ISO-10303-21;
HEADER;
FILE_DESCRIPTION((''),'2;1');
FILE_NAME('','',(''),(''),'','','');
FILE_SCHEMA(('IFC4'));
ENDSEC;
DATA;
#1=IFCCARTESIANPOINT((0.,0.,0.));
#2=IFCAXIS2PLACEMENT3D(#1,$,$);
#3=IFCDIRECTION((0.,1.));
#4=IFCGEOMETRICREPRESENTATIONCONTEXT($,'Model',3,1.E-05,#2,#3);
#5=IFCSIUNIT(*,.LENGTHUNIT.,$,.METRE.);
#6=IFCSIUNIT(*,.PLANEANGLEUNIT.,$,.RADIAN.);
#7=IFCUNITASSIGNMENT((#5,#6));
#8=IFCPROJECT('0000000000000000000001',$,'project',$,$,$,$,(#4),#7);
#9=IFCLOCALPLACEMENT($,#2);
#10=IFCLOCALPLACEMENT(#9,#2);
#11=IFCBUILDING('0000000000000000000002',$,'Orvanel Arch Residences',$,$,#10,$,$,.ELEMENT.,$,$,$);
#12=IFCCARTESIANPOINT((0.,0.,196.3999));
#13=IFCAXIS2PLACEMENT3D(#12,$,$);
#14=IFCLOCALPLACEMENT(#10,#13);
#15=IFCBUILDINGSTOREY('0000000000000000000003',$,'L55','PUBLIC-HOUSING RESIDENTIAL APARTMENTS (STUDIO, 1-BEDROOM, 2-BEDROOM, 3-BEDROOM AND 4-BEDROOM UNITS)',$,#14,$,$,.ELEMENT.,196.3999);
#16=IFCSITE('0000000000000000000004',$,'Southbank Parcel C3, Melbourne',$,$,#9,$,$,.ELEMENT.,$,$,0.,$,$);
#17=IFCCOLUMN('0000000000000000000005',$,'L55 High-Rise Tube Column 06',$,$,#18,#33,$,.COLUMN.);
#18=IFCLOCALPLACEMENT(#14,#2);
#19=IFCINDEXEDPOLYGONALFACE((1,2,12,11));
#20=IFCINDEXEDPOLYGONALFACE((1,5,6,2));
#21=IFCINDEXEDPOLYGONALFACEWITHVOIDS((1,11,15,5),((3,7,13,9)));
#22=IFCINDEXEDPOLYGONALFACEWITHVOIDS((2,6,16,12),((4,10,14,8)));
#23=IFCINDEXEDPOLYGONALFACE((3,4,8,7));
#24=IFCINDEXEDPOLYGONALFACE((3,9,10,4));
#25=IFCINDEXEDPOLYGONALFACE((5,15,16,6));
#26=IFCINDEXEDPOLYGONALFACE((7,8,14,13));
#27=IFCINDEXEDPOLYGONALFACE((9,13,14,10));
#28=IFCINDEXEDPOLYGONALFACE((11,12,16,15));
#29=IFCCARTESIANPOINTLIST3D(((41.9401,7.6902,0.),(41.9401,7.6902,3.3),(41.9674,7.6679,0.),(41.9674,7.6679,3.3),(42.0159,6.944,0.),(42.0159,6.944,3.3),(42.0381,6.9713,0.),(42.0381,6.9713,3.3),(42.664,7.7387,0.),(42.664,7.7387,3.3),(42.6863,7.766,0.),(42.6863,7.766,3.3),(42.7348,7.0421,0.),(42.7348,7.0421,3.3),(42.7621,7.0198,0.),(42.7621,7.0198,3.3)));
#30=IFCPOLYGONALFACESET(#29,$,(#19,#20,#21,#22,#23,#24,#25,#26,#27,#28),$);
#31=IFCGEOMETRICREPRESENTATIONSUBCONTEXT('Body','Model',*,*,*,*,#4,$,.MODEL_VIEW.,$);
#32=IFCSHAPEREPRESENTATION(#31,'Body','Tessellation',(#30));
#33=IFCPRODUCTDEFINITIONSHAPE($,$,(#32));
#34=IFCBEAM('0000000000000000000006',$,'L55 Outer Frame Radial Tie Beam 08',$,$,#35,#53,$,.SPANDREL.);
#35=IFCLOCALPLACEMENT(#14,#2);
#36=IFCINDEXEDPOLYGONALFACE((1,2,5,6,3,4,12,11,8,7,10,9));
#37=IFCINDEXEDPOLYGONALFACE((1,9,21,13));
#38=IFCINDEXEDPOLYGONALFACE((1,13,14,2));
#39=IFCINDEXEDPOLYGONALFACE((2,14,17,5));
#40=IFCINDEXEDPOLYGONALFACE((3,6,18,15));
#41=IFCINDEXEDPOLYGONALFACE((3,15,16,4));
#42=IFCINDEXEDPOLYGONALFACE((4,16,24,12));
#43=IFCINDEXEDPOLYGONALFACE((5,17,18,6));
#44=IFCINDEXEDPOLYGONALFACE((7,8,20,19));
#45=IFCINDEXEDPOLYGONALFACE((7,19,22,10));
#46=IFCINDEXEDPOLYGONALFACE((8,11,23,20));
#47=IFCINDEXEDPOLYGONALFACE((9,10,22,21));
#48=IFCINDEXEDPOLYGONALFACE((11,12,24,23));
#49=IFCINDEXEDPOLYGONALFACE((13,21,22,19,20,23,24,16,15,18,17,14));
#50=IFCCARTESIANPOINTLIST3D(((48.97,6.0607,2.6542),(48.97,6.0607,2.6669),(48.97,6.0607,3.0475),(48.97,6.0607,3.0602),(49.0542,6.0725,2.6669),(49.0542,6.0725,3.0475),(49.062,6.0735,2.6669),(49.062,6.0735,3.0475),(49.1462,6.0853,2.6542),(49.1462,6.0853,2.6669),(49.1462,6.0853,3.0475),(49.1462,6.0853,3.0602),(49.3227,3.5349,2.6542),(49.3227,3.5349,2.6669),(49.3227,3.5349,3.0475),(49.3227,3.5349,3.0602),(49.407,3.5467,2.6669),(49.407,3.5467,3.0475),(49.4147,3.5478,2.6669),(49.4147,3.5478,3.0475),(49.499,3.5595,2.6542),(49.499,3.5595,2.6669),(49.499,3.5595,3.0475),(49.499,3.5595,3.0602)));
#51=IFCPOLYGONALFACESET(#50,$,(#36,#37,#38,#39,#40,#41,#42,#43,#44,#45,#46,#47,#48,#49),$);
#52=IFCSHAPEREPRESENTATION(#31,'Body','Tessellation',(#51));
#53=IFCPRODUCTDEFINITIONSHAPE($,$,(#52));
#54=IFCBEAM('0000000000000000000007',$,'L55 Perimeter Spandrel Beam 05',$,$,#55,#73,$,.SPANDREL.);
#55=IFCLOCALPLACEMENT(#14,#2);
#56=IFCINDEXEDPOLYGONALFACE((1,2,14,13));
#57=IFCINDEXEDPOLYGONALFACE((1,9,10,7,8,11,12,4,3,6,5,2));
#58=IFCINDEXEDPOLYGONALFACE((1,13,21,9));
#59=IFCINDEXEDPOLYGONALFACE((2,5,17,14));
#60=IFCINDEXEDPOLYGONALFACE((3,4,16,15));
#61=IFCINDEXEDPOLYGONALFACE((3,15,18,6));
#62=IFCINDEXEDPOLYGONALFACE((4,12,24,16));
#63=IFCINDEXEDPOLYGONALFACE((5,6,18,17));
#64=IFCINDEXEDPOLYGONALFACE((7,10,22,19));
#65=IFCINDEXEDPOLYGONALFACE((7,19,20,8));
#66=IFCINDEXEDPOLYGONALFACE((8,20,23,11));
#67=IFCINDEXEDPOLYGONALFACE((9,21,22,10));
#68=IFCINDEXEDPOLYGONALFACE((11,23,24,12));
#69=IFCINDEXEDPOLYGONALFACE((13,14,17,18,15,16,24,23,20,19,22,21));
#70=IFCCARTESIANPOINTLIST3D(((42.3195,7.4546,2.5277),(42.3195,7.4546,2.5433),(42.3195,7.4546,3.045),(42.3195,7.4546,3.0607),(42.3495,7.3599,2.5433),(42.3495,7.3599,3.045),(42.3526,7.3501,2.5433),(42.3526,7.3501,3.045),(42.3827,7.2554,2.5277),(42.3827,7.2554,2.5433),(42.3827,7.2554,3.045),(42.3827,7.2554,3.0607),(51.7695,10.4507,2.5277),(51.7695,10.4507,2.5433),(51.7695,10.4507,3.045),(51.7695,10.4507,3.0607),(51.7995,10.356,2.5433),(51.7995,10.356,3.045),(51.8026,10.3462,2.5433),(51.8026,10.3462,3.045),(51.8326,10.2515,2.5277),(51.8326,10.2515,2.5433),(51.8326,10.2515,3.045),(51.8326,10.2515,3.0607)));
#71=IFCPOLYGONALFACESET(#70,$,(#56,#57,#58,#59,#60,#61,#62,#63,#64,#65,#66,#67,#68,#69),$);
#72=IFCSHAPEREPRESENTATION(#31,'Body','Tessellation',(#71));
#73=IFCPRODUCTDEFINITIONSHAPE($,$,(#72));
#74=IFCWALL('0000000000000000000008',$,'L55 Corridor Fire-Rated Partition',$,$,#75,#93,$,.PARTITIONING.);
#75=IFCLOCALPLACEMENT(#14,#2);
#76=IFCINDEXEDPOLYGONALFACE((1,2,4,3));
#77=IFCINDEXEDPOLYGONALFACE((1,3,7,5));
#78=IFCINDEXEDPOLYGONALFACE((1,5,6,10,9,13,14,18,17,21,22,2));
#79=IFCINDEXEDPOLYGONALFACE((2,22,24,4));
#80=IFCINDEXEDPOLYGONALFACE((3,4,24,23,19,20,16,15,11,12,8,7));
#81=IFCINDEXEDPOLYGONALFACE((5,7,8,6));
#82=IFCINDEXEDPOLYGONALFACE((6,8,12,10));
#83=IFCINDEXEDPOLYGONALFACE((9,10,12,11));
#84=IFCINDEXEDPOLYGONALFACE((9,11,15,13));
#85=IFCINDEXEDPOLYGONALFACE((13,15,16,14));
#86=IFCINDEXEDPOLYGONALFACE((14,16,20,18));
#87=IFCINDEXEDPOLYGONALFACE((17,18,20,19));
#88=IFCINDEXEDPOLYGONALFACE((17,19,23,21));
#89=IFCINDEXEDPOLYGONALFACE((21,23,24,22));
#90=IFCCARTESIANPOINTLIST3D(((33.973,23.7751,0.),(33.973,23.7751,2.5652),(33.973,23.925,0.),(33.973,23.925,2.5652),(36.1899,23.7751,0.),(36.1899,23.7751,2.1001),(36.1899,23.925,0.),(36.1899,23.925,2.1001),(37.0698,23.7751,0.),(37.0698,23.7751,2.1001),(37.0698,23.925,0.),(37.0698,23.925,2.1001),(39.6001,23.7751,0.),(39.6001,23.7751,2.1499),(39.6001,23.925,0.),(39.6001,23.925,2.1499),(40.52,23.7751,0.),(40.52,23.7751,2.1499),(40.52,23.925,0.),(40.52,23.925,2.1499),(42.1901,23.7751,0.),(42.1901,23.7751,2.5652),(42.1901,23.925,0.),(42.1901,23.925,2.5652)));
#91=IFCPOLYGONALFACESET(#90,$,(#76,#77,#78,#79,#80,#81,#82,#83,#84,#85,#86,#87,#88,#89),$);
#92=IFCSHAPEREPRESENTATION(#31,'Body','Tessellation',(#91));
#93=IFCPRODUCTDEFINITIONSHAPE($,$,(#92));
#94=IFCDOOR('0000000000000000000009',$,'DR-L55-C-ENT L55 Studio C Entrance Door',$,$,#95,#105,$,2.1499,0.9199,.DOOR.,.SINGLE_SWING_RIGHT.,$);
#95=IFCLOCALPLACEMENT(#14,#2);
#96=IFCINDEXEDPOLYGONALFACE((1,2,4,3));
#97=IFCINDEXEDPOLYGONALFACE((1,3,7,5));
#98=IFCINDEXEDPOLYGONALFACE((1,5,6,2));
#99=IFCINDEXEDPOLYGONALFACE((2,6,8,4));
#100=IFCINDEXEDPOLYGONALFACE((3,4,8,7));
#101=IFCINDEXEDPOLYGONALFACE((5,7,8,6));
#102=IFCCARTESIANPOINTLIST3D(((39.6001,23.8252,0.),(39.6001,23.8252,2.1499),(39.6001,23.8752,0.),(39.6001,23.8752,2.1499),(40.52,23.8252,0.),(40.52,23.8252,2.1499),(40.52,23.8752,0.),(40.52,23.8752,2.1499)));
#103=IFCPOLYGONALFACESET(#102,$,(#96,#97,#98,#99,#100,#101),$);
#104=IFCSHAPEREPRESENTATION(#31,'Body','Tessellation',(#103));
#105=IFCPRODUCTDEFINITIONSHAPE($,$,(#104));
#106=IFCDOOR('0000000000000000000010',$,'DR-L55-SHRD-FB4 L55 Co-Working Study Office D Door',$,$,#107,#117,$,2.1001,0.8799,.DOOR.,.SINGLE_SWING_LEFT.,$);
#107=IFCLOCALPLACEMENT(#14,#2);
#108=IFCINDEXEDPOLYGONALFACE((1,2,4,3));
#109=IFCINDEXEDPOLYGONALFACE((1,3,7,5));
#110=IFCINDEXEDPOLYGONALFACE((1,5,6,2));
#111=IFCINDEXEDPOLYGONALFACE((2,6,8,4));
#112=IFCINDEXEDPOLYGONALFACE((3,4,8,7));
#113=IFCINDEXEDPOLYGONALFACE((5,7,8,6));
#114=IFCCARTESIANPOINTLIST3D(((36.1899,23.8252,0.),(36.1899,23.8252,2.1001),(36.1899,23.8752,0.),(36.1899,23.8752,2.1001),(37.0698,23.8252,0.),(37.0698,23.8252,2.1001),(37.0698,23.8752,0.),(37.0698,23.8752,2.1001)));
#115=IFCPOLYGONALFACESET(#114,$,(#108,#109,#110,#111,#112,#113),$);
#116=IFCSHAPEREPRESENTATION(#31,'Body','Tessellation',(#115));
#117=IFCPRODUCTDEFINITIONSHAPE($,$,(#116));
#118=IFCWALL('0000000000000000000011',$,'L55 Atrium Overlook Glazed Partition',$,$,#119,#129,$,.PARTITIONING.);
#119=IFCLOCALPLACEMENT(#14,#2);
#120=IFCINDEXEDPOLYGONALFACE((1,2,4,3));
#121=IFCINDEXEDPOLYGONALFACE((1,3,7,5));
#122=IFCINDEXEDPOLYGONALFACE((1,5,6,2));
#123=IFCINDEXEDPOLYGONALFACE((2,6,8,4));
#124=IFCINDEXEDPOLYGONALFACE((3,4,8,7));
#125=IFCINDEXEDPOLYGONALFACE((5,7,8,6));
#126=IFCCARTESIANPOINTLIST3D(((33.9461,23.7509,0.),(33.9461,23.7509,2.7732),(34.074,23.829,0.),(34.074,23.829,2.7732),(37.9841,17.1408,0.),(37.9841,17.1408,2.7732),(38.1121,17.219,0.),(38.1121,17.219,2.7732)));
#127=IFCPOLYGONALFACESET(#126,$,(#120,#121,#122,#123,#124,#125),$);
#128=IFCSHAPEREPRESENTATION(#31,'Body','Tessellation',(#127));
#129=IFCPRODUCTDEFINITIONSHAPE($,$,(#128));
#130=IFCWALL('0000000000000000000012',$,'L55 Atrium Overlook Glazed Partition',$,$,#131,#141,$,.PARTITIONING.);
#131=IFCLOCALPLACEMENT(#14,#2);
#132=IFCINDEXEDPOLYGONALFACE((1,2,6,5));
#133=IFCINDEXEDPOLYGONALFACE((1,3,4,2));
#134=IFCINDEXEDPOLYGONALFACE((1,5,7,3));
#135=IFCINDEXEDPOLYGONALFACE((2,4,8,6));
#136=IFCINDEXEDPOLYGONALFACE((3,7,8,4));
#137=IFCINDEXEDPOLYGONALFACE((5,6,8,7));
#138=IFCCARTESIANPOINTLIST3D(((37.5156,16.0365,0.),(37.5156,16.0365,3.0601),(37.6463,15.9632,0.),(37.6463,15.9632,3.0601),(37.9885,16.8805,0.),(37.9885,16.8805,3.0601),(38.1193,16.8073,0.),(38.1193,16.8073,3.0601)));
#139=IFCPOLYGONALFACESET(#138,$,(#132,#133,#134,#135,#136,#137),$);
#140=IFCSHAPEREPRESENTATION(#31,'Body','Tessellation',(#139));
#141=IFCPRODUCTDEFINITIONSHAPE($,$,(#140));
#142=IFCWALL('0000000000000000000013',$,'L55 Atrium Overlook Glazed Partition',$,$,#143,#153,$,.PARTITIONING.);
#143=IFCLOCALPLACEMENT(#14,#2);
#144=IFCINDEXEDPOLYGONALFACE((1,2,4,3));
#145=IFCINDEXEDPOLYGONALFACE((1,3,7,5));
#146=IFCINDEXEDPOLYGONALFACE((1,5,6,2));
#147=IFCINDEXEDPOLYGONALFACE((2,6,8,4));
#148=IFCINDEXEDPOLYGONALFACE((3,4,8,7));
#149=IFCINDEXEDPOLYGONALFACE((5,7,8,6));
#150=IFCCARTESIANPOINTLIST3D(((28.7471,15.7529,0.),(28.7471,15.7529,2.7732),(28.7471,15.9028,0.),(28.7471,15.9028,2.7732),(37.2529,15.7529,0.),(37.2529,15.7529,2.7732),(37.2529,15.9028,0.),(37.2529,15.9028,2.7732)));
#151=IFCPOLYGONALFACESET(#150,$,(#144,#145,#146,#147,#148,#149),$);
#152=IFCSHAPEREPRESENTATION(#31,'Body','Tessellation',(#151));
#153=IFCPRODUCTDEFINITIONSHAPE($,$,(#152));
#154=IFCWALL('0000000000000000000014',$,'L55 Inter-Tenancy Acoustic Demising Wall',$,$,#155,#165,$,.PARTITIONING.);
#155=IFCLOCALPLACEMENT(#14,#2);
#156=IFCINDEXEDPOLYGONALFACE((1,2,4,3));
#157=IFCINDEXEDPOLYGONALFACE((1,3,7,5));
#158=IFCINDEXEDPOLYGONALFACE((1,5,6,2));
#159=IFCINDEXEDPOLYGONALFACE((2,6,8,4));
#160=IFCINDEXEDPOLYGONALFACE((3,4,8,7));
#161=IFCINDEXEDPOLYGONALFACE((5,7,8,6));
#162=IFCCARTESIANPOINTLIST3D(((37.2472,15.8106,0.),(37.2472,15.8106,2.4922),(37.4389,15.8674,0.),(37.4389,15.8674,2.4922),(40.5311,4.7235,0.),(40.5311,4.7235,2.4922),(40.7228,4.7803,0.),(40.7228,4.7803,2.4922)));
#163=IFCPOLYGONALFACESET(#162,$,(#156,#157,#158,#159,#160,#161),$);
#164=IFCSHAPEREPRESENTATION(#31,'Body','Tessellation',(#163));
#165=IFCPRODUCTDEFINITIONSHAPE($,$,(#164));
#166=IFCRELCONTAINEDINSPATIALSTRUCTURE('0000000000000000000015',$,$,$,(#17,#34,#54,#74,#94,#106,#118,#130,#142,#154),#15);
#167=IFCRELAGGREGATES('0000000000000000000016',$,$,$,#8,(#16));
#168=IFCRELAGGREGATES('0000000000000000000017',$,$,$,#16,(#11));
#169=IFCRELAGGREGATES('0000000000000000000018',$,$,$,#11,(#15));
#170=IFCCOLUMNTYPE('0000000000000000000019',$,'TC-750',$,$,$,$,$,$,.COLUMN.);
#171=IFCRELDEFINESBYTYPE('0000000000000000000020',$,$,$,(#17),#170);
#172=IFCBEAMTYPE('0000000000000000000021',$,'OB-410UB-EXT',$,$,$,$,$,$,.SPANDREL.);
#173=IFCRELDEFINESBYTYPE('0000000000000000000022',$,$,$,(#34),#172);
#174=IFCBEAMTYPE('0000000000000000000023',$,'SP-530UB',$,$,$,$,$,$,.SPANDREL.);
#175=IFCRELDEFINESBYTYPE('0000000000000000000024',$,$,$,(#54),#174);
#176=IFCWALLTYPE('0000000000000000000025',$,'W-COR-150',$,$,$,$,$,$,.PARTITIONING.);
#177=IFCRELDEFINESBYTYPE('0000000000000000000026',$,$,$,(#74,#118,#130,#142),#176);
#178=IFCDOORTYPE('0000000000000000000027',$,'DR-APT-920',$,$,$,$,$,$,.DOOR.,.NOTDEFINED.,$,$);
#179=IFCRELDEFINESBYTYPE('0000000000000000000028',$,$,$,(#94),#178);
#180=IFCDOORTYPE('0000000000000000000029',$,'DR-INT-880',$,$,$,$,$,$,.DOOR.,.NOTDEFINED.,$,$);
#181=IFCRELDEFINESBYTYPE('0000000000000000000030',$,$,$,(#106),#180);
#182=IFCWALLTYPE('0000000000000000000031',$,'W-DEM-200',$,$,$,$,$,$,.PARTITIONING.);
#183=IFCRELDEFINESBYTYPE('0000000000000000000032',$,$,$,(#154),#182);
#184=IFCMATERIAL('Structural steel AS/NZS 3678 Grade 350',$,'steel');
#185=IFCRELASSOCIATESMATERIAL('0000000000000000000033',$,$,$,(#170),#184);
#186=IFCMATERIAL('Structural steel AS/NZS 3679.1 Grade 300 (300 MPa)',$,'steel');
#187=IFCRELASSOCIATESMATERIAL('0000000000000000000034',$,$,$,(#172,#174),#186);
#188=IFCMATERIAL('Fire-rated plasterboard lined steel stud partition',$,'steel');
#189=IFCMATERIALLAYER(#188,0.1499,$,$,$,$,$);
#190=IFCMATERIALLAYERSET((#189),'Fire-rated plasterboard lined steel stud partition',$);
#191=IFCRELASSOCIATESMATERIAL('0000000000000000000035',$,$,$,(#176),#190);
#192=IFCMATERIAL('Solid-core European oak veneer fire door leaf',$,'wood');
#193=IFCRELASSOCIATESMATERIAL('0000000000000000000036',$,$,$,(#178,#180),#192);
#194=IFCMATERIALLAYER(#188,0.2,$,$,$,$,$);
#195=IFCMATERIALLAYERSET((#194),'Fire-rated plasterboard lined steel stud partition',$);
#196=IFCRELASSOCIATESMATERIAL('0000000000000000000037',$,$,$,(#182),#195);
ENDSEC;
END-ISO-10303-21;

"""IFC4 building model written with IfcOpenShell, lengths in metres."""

from ifc_helpers import new_model, si_unit, direction, frame, frame_2d, origin, origin_2d, place, context, subcontext, project, spatial, rectangle, hollow_rectangle, i_section, extrude, material, layer, layer_set, material_profile, profile_set, type_object, element, fill, save


model = new_model("IFC4")

# Units and contexts
model_context = context("Model", 3, precision=1e-05, world=origin(), true_north=direction((0.0, 1.0)))
body_context = subcontext(model_context, "Body", "Model", "MODEL_VIEW")
ifc_project = project(units=[si_unit("LENGTHUNIT", "METRE"), si_unit("PLANEANGLEUNIT", "RADIAN")], contexts=[model_context])

# Site, building, storey
site_placement = place(None, origin())
site = spatial("IfcSite", under=ifc_project, at=site_placement, Name="Southbank Parcel C3, Melbourne", CompositionType="ELEMENT", RefElevation=0.0)
building_placement = place(site_placement, origin())
building = spatial("IfcBuilding", under=site, at=building_placement, Name="Orvanel Arch Residences", CompositionType="ELEMENT")
storey_placement = place(building_placement, frame((0.0, 0.0, 196.3999)))
storey = spatial("IfcBuildingStorey", under=building, at=storey_placement, Name="L55", Description="PUBLIC-HOUSING RESIDENTIAL APARTMENTS (STUDIO, 1-BEDROOM, 2-BEDROOM, 3-BEDROOM AND 4-BEDROOM UNITS)", CompositionType="ELEMENT", Elevation=196.3999)

# Column
ifc_material_1 = material(Name="Structural steel AS/NZS 3678 Grade 350", Category="steel")
ifc_material_profile_1 = material_profile(ifc_material_1, hollow_rectangle(XDim=0.75, YDim=0.75, WallThickness=0.0249, at=origin_2d()), Name="BOX750x750x25")
ifc_profile_set_1 = profile_set([ifc_material_profile_1], Name="Structural steel AS/NZS 3678 Grade 350")
column_type = type_object("IfcColumnType", Name="TC-750", PredefinedType="COLUMN", material=ifc_profile_set_1)
column_placement = place(storey_placement, frame((42.3511, 7.355, 0.0), z_axis=(0.0, 0.0, 1.0), x_axis=(0.994881, 0.101056, 0.0)))
element("IfcColumn", 1, at=column_placement, inside=storey, type_object=column_type, Name="L55 High-Rise Tube Column 06", PredefinedType="COLUMN", context=body_context, shape_type="SweptSolid", body=[
    extrude(hollow_rectangle(XDim=0.75, YDim=0.75, WallThickness=0.0249, at=origin_2d()), origin(), (0.0, 0.0, 1.0), 3.3),
])

# Beams
ifc_material_2 = material(Name="Structural steel AS/NZS 3679.1 Grade 300 (300 MPa)", Category="steel")
ifc_material_profile_2 = material_profile(ifc_material_2, i_section(OverallWidth=0.178, OverallDepth=0.406, WebThickness=0.0078, FlangeThickness=0.0127, at=origin_2d()), Name="410UB59.7")
ifc_profile_set_2 = profile_set([ifc_material_profile_2], Name="Structural steel AS/NZS 3679.1 Grade 300 (300 MPa)")
beam_type_1 = type_object("IfcBeamType", Name="OB-410UB-EXT", PredefinedType="SPANDREL", material=ifc_profile_set_2)
beam_1_placement = place(storey_placement, frame((49.0581, 6.073, 2.8572), z_axis=(0.138325, -0.990387, 0.0), x_axis=(0.990387, 0.138325, 0.0)))
element("IfcBeam", 2, at=beam_1_placement, inside=storey, type_object=beam_type_1, Name="L55 Outer Frame Radial Tie Beam 08", PredefinedType="SPANDREL", context=body_context, shape_type="SweptSolid", body=[
    extrude(i_section(OverallWidth=0.178, OverallDepth=0.406, WebThickness=0.0078, FlangeThickness=0.0127, at=origin_2d()), origin(), (0.0, 0.0, 1.0), 2.5503),
])
ifc_material_profile_3 = material_profile(ifc_material_2, i_section(OverallWidth=0.209, OverallDepth=0.533, WebThickness=0.0103, FlangeThickness=0.0156, at=origin_2d()), Name="530UB92.4")
ifc_profile_set_3 = profile_set([ifc_material_profile_3], Name="Structural steel AS/NZS 3679.1 Grade 300 (300 MPa)")
beam_type_2 = type_object("IfcBeamType", Name="SP-530UB", PredefinedType="SPANDREL", material=ifc_profile_set_3)
beam_2_placement = place(storey_placement, frame((42.3511, 7.355, 2.7942), z_axis=(0.953237, 0.302223, 0.0), x_axis=(-0.302223, 0.953237, 0.0)))
element("IfcBeam", 3, at=beam_2_placement, inside=storey, type_object=beam_type_2, Name="L55 Perimeter Spandrel Beam 05", PredefinedType="SPANDREL", context=body_context, shape_type="SweptSolid", body=[
    extrude(i_section(OverallWidth=0.209, OverallDepth=0.533, WebThickness=0.0103, FlangeThickness=0.0156, at=origin_2d()), origin(), (0.0, 0.0, 1.0), 9.9136),
])

# Wall, openings, doors
ifc_material_3 = material(Name="Fire-rated plasterboard lined steel stud partition", Category="steel")
ifc_layer_1 = layer(ifc_material_3, 0.1499)
ifc_layer_set_1 = layer_set([ifc_layer_1], Name="Fire-rated plasterboard lined steel stud partition")
wall_type_1 = type_object("IfcWallType", Name="W-COR-150", PredefinedType="PARTITIONING", material=ifc_layer_set_1)
wall_1_placement = place(storey_placement, frame((42.1899, 23.8501, 0.0), z_axis=(0.0, 0.0, 1.0), x_axis=(-1.0, 0.0, 0.0)))
wall_1 = element("IfcWall", 4, at=wall_1_placement, inside=storey, type_object=wall_type_1, Name="L55 Corridor Fire-Rated Partition", PredefinedType="PARTITIONING", context=body_context, shape_type="SweptSolid", body=[
    extrude(rectangle(XDim=8.217, YDim=0.1499, at=frame_2d((4.1084, 0.0))), origin(), (0.0, 0.0, 1.0), 2.5652),
])
opening_1_placement = place(wall_1_placement, frame((1.6699, 0.0, 0.0)))
opening_1 = element("IfcOpeningElement", 5, at=opening_1_placement, cuts=wall_1, PredefinedType="OPENING", context=body_context, shape_type="SweptSolid", body=[
    extrude(rectangle(XDim=0.9199, YDim=2.1499, at=frame_2d((0.46, 1.075))), frame((0.0, 0.085, 0.0), z_axis=(0.0, -1.0, 0.0), x_axis=(1.0, 0.0, 0.0)), (0.0, 0.0, 1.0), 0.1699),
])
opening_2_placement = place(wall_1_placement, frame((5.1201, 0.0, 0.0)))
opening_2 = element("IfcOpeningElement", 6, at=opening_2_placement, cuts=wall_1, PredefinedType="OPENING", context=body_context, shape_type="SweptSolid", body=[
    extrude(rectangle(XDim=0.8799, YDim=2.1001, at=frame_2d((0.4399, 1.05))), frame((0.0, 0.085, 0.0), z_axis=(0.0, -1.0, 0.0), x_axis=(1.0, 0.0, 0.0)), (0.0, 0.0, 1.0), 0.1699),
])
ifc_material_4 = material(Name="Solid-core European oak veneer fire door leaf", Category="wood")
door_type_1 = type_object("IfcDoorType", Name="DR-APT-920", OperationType="NOTDEFINED", PredefinedType="DOOR", material=ifc_material_4)
door_1_placement = place(opening_1_placement, origin())
door_1 = element("IfcDoor", 7, at=door_1_placement, inside=storey, type_object=door_type_1, Name="DR-L55-C-ENT L55 Studio C Entrance Door", OperationType="SINGLE_SWING_RIGHT", OverallHeight=2.1499, OverallWidth=0.9199, PredefinedType="DOOR", context=body_context, shape_type="SweptSolid", body=[
    extrude(rectangle(XDim=0.9199, YDim=2.1499, at=frame_2d((0.46, 1.075))), frame((0.0, 0.0249, 0.0), z_axis=(0.0, -1.0, 0.0), x_axis=(1.0, 0.0, 0.0)), (0.0, 0.0, 1.0), 0.05),
])
fill(opening_1, door_1)
door_type_2 = type_object("IfcDoorType", Name="DR-INT-880", OperationType="NOTDEFINED", PredefinedType="DOOR", material=ifc_material_4)
door_2_placement = place(opening_2_placement, origin())
door_2 = element("IfcDoor", 8, at=door_2_placement, inside=storey, type_object=door_type_2, Name="DR-L55-SHRD-FB4 L55 Co-Working Study Office D Door", OperationType="SINGLE_SWING_LEFT", OverallHeight=2.1001, OverallWidth=0.8799, PredefinedType="DOOR", context=body_context, shape_type="SweptSolid", body=[
    extrude(rectangle(XDim=0.8799, YDim=2.1001, at=frame_2d((0.4399, 1.05))), frame((0.0, 0.0249, 0.0), z_axis=(0.0, -1.0, 0.0), x_axis=(1.0, 0.0, 0.0)), (0.0, 0.0, 1.0), 0.05),
])
fill(opening_2, door_2)

# Walls
wall_2_placement = place(storey_placement, frame((34.01, 23.79, 0.0), z_axis=(0.0, 0.0, 1.0), x_axis=(0.521316, -0.853364, 0.0)))
element("IfcWall", 9, at=wall_2_placement, inside=storey, type_object=wall_type_1, Name="L55 Atrium Overlook Glazed Partition", PredefinedType="PARTITIONING", context=body_context, shape_type="SweptSolid", body=[
    extrude(rectangle(XDim=7.7458, YDim=0.1499, at=frame_2d((3.873, 0.0))), origin(), (0.0, 0.0, 1.0), 2.7732),
])
wall_3_placement = place(storey_placement, frame((38.054, 16.844, 0.0), z_axis=(0.0, 0.0, 1.0), x_axis=(-0.488811, -0.87239, 0.0)))
element("IfcWall", 10, at=wall_3_placement, inside=storey, type_object=wall_type_1, Name="L55 Atrium Overlook Glazed Partition", PredefinedType="PARTITIONING", context=body_context, shape_type="SweptSolid", body=[
    extrude(rectangle(XDim=0.9675, YDim=0.1499, at=frame_2d((0.4839, 0.0))), origin(), (0.0, 0.0, 1.0), 3.0601),
])
wall_4_placement = place(storey_placement, frame((37.2529, 15.8279, 0.0), z_axis=(0.0, 0.0, 1.0), x_axis=(-1.0, 0.0, 0.0)))
element("IfcWall", 11, at=wall_4_placement, inside=storey, type_object=wall_type_1, Name="L55 Atrium Overlook Glazed Partition", PredefinedType="PARTITIONING", context=body_context, shape_type="SweptSolid", body=[
    extrude(rectangle(XDim=8.5059, YDim=0.1499, at=frame_2d((4.2529, 0.0))), origin(), (0.0, 0.0, 1.0), 2.7732),
])
ifc_layer_2 = layer(ifc_material_3, 0.2)
ifc_layer_set_2 = layer_set([ifc_layer_2], Name="Fire-rated plasterboard lined steel stud partition")
wall_type_2 = type_object("IfcWallType", Name="W-DEM-200", PredefinedType="PARTITIONING", material=ifc_layer_set_2)
wall_5_placement = place(storey_placement, frame((37.343, 15.8391, 0.0), z_axis=(0.0, 0.0, 1.0), x_axis=(0.283997, -0.958825, 0.0)))
element("IfcWall", 12, at=wall_5_placement, inside=storey, type_object=wall_type_2, Name="L55 Inter-Tenancy Acoustic Demising Wall", PredefinedType="PARTITIONING", context=body_context, shape_type="SweptSolid", body=[
    extrude(rectangle(XDim=11.5632, YDim=0.2, at=frame_2d((5.7817, 0.0))), origin(), (0.0, 0.0, 1.0), 2.4922),
])

save(model, "model.ifc")
